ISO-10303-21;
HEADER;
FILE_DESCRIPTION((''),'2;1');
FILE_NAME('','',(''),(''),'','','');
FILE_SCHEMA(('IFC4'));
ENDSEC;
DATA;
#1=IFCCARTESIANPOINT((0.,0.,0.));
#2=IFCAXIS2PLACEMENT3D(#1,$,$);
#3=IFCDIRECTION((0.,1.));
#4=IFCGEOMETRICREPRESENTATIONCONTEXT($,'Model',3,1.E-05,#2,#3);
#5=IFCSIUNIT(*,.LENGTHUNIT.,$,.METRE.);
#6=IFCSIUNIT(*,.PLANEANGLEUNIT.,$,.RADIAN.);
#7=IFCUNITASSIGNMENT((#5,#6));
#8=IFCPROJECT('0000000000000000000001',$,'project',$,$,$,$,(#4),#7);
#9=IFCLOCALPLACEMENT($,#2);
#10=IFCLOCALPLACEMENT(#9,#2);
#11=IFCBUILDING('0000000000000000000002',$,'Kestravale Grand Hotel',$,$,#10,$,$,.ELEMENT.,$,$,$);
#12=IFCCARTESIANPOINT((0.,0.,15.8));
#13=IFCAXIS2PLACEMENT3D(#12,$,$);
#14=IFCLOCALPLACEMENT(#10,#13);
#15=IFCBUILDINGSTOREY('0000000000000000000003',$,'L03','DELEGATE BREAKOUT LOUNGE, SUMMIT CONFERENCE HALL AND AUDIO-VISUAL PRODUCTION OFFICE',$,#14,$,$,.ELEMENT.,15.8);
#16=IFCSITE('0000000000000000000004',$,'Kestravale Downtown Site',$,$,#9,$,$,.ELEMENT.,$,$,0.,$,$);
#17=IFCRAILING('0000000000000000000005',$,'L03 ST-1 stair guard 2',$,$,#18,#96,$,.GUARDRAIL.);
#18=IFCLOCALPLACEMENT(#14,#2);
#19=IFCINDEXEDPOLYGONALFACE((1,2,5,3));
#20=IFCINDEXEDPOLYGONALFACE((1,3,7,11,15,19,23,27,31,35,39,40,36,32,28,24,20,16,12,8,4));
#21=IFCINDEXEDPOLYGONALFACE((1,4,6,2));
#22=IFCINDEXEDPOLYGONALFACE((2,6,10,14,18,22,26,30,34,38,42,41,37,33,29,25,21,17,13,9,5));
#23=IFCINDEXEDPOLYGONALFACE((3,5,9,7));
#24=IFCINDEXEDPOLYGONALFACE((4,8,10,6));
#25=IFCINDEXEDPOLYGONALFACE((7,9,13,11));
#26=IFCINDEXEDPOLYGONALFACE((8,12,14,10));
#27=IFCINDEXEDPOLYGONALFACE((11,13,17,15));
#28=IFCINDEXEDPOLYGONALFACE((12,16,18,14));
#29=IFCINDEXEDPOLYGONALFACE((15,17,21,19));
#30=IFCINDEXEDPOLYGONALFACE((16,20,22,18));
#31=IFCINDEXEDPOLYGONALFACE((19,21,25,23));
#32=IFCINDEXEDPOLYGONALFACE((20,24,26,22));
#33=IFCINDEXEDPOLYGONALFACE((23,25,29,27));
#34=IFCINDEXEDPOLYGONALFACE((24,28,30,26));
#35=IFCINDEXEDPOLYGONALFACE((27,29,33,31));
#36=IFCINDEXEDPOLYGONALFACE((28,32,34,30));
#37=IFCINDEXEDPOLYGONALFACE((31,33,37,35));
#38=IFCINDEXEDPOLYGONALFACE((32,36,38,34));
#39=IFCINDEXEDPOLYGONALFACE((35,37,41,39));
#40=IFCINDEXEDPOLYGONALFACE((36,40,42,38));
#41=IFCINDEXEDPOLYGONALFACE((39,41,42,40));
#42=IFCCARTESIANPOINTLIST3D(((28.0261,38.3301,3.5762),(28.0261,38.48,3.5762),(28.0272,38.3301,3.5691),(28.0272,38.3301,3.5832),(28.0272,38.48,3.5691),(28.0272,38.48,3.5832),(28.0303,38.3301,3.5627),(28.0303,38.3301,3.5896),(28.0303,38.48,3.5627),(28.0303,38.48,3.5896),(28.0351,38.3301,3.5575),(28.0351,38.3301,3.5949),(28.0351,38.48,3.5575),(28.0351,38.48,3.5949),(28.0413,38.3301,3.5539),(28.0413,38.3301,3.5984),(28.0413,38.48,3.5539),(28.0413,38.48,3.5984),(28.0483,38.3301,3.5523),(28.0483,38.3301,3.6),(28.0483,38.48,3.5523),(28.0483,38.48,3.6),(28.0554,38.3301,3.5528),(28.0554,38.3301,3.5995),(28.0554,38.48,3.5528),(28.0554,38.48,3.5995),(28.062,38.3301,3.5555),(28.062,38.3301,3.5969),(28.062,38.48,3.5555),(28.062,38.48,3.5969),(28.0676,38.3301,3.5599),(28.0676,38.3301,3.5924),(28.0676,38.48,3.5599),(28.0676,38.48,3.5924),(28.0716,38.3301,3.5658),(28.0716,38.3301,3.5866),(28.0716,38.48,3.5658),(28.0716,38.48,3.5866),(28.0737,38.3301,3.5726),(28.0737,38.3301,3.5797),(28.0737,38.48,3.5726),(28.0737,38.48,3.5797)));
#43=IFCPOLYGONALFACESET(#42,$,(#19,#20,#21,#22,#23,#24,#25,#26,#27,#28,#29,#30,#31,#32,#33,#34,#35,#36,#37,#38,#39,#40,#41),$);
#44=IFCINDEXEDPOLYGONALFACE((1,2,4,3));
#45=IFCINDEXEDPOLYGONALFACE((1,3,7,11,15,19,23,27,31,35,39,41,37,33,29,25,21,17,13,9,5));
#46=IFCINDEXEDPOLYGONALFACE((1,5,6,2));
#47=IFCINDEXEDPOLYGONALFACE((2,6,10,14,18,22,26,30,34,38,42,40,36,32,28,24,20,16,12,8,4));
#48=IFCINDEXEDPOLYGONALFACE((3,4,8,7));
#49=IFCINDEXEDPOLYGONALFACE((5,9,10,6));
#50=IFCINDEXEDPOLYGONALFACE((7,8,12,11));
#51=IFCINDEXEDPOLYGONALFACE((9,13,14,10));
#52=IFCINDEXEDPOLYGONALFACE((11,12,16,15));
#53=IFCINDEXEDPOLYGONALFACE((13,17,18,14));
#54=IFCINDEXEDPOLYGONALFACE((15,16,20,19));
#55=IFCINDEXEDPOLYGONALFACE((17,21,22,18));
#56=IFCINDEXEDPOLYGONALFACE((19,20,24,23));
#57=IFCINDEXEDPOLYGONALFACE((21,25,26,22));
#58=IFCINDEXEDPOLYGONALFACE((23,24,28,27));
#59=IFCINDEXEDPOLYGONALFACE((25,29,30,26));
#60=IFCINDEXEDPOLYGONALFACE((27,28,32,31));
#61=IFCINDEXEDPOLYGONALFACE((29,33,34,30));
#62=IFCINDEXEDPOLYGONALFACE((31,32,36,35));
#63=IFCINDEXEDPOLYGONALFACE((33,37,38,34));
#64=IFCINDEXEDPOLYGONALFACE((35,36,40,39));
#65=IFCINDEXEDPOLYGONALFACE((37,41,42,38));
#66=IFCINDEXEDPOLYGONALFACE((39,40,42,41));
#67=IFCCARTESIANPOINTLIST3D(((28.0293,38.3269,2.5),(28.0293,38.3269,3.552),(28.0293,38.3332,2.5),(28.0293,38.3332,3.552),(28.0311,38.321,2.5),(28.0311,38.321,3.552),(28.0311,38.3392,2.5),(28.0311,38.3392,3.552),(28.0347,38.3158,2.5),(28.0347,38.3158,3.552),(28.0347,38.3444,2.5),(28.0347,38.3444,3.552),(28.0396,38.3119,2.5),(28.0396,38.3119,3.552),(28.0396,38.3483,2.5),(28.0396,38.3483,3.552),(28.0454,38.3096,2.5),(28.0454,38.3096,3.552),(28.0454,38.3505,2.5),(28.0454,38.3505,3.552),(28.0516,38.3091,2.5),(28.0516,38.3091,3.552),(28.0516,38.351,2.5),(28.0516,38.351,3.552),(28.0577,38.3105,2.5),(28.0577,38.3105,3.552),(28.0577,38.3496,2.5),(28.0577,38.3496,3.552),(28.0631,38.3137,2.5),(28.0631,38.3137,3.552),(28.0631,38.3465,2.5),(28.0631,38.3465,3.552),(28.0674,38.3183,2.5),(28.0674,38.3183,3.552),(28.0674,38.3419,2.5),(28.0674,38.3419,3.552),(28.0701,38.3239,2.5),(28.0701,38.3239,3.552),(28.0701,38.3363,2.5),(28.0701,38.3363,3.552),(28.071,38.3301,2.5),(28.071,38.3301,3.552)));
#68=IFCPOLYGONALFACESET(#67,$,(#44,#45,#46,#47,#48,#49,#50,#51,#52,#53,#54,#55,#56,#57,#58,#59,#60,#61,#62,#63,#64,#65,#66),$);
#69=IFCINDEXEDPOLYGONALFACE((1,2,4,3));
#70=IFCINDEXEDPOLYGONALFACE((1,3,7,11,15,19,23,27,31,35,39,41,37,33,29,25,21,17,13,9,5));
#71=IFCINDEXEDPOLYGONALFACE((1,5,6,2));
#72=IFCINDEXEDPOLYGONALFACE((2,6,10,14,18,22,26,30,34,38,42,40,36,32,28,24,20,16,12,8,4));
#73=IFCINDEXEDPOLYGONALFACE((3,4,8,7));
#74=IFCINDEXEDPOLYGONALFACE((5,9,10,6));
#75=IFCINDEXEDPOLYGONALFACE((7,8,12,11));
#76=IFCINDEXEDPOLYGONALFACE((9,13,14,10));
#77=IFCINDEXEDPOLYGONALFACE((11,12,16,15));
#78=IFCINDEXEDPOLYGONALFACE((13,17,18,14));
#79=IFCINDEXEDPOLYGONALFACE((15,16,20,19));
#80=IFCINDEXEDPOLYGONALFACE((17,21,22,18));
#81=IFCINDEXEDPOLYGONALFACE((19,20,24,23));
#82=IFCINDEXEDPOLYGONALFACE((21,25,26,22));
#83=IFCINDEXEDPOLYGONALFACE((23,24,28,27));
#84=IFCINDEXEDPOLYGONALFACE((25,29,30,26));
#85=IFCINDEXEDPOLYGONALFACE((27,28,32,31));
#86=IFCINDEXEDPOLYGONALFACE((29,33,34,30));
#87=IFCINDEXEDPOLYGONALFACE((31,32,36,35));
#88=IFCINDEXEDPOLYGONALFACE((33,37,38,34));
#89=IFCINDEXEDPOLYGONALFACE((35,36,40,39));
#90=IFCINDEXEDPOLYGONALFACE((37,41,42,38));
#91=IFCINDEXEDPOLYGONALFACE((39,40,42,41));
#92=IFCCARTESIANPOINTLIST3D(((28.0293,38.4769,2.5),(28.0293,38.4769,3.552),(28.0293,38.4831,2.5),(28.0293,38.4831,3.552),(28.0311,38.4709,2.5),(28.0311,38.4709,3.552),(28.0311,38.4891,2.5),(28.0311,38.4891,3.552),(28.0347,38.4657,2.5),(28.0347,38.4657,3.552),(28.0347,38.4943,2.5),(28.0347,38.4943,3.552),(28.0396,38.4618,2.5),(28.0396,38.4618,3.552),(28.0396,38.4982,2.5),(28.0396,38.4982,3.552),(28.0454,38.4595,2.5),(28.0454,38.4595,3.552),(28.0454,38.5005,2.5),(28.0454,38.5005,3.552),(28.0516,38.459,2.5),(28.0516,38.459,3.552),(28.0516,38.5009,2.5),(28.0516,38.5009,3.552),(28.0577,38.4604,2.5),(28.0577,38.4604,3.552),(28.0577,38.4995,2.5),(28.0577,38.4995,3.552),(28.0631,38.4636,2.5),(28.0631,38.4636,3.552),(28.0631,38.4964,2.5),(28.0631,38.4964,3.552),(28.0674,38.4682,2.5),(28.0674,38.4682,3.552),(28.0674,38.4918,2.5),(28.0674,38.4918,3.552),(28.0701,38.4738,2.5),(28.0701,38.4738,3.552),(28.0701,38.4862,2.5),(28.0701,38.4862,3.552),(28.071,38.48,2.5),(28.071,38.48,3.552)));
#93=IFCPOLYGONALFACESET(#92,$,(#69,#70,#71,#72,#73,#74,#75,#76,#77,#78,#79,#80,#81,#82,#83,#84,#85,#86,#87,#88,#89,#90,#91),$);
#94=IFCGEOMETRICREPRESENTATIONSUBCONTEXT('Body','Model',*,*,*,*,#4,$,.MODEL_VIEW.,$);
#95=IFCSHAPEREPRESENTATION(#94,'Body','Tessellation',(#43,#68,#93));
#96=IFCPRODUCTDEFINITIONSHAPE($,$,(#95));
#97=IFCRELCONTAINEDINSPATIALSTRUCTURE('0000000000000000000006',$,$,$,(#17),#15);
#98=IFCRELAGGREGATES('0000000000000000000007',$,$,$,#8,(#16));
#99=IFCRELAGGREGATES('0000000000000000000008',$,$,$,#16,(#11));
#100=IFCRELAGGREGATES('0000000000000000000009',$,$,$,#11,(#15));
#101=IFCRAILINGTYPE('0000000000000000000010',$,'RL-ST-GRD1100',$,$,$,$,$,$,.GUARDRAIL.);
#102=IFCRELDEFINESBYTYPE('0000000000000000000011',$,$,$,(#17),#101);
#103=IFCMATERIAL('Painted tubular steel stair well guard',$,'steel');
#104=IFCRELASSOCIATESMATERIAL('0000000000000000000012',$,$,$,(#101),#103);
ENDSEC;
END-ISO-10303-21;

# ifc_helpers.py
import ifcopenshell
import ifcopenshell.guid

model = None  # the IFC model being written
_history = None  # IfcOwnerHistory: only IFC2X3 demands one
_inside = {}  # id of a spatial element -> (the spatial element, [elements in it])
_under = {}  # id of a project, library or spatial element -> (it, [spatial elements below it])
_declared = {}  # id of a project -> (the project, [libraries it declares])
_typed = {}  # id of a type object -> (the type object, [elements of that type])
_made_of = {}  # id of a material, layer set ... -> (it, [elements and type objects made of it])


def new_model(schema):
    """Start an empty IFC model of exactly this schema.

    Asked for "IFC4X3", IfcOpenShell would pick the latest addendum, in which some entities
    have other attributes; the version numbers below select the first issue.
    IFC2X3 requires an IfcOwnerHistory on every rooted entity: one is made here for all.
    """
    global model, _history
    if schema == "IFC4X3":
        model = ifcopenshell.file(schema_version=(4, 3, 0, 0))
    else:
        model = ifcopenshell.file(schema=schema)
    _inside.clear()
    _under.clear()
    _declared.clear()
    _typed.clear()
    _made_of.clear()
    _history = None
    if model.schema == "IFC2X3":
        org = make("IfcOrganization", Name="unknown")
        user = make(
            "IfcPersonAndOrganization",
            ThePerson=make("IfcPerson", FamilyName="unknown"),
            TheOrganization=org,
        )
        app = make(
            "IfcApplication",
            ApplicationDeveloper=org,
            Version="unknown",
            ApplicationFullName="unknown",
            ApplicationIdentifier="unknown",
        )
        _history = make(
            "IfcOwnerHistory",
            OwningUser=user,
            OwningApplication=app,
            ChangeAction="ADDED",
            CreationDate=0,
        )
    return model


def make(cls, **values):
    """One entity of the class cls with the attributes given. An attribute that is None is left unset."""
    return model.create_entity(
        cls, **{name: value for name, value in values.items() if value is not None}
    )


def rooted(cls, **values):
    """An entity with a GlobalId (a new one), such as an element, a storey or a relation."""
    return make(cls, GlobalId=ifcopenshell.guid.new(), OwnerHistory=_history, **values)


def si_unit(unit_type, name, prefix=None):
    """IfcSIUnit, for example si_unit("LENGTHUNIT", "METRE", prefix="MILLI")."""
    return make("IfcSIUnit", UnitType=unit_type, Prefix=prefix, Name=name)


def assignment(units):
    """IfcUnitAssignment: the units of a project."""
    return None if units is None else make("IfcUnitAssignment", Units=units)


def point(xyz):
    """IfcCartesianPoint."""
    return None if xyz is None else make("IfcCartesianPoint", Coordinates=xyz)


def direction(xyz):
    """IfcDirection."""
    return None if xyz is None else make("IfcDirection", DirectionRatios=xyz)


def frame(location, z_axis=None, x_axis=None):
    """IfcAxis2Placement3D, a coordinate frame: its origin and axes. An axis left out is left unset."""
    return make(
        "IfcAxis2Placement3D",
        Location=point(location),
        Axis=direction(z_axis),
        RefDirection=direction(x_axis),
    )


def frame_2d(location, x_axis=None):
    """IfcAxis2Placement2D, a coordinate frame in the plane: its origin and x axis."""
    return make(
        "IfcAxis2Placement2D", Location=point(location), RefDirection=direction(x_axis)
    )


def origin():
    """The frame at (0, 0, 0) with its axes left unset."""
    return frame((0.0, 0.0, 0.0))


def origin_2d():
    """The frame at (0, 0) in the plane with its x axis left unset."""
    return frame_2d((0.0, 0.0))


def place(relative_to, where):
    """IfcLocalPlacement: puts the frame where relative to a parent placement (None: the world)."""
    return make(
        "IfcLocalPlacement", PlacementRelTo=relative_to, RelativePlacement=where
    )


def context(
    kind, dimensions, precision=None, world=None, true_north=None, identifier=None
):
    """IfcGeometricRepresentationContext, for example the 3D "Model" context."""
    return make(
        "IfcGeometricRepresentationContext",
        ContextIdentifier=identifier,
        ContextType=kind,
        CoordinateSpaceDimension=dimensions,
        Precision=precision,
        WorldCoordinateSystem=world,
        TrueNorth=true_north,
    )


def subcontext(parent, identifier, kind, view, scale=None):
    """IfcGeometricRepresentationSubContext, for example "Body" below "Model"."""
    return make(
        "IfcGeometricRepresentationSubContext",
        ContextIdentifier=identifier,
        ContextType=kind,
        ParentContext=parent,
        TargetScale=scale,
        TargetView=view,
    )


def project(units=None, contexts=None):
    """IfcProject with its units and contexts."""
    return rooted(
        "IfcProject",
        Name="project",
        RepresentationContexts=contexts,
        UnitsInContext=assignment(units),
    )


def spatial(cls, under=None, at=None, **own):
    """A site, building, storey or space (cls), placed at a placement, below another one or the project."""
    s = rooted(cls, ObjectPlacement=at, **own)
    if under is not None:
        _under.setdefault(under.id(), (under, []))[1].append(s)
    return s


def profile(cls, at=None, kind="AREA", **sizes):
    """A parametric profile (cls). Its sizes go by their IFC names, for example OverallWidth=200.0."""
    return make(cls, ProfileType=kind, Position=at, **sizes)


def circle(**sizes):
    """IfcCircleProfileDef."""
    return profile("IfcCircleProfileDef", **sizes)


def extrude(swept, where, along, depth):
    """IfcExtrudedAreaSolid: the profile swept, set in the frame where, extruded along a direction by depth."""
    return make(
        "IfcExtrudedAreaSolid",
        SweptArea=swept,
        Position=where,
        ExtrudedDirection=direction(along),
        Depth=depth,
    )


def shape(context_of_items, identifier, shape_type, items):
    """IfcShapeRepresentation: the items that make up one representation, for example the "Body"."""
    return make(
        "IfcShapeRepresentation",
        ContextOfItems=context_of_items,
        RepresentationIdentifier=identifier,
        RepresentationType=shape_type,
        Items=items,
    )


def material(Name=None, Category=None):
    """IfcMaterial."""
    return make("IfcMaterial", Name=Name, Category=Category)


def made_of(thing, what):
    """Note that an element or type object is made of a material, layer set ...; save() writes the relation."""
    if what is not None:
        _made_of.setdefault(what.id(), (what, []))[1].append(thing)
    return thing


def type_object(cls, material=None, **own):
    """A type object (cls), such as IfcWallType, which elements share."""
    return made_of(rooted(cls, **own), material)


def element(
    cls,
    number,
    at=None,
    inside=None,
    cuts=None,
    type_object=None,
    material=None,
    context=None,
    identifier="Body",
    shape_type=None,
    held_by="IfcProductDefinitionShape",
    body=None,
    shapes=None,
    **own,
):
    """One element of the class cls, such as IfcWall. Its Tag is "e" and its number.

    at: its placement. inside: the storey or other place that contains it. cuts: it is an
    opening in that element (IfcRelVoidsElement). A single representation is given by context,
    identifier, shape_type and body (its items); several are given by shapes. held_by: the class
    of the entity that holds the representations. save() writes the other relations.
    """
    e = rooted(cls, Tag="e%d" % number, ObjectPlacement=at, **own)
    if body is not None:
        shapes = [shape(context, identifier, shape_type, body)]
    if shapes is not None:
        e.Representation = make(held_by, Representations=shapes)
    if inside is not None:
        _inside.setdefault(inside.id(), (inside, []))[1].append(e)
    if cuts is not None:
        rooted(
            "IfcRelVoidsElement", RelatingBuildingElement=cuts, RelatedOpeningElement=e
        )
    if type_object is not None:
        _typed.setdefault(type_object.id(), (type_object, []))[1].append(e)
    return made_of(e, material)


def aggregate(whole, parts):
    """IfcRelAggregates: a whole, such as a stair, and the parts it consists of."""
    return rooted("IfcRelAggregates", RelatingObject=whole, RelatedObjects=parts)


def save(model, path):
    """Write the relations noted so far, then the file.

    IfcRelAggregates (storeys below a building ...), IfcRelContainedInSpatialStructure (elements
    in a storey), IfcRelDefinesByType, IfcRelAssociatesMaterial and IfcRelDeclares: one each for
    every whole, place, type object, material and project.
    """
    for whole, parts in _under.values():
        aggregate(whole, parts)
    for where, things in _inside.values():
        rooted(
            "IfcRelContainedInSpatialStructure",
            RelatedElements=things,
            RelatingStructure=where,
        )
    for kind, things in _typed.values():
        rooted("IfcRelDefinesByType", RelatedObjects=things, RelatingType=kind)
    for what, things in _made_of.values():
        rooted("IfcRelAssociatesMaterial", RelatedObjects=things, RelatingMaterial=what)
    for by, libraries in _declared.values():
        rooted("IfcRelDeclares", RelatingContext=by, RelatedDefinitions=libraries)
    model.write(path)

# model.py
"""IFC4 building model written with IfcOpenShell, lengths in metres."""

from ifc_helpers import new_model, si_unit, direction, frame, origin, origin_2d, place, context, subcontext, project, spatial, circle, extrude, material, type_object, element, save


model = new_model("IFC4")

# Units and contexts
model_context = context("Model", 3, precision=1e-05, world=origin(), true_north=direction((0.0, 1.0)))
body_context = subcontext(model_context, "Body", "Model", "MODEL_VIEW")
ifc_project = project(units=[si_unit("LENGTHUNIT", "METRE"), si_unit("PLANEANGLEUNIT", "RADIAN")], contexts=[model_context])

# Site, building, storey
site_placement = place(None, origin())
site = spatial("IfcSite", under=ifc_project, at=site_placement, Name="Kestravale Downtown Site", CompositionType="ELEMENT", RefElevation=0.0)
building_placement = place(site_placement, origin())
building = spatial("IfcBuilding", under=site, at=building_placement, Name="Kestravale Grand Hotel", CompositionType="ELEMENT")
storey_placement = place(building_placement, frame((0.0, 0.0, 15.8)))
storey = spatial("IfcBuildingStorey", under=building, at=storey_placement, Name="L03", Description="DELEGATE BREAKOUT LOUNGE, SUMMIT CONFERENCE HALL AND AUDIO-VISUAL PRODUCTION OFFICE", CompositionType="ELEMENT", Elevation=15.8)

# Railing
ifc_material_1 = material(Name="Painted tubular steel stair well guard", Category="steel")
railing_type_1 = type_object("IfcRailingType", Name="RL-ST-GRD1100", PredefinedType="GUARDRAIL", material=ifc_material_1)
railing_1_placement = place(storey_placement, frame((28.05, 38.3301, 2.5)))
element("IfcRailing", 1, at=railing_1_placement, inside=storey, type_object=railing_type_1, Name="L03 ST-1 stair guard 2", PredefinedType="GUARDRAIL", context=body_context, shape_type="SweptSolid", body=[
    extrude(circle(Radius=0.0239, at=origin_2d()), frame((0.0, 0.0, 1.0762), z_axis=(0.0, 1.0, 0.0), x_axis=(-1.0, 0.0, 0.0)), (0.0, 0.0, 1.0), 0.1499),
    extrude(circle(Radius=0.021, at=origin_2d()), origin(), (0.0, 0.0, 1.0), 1.052),
    extrude(circle(Radius=0.021, at=origin_2d()), frame((0.0, 0.1499, 0.0)), (0.0, 0.0, 1.0), 1.052),
])

save(model, "model.ifc")
